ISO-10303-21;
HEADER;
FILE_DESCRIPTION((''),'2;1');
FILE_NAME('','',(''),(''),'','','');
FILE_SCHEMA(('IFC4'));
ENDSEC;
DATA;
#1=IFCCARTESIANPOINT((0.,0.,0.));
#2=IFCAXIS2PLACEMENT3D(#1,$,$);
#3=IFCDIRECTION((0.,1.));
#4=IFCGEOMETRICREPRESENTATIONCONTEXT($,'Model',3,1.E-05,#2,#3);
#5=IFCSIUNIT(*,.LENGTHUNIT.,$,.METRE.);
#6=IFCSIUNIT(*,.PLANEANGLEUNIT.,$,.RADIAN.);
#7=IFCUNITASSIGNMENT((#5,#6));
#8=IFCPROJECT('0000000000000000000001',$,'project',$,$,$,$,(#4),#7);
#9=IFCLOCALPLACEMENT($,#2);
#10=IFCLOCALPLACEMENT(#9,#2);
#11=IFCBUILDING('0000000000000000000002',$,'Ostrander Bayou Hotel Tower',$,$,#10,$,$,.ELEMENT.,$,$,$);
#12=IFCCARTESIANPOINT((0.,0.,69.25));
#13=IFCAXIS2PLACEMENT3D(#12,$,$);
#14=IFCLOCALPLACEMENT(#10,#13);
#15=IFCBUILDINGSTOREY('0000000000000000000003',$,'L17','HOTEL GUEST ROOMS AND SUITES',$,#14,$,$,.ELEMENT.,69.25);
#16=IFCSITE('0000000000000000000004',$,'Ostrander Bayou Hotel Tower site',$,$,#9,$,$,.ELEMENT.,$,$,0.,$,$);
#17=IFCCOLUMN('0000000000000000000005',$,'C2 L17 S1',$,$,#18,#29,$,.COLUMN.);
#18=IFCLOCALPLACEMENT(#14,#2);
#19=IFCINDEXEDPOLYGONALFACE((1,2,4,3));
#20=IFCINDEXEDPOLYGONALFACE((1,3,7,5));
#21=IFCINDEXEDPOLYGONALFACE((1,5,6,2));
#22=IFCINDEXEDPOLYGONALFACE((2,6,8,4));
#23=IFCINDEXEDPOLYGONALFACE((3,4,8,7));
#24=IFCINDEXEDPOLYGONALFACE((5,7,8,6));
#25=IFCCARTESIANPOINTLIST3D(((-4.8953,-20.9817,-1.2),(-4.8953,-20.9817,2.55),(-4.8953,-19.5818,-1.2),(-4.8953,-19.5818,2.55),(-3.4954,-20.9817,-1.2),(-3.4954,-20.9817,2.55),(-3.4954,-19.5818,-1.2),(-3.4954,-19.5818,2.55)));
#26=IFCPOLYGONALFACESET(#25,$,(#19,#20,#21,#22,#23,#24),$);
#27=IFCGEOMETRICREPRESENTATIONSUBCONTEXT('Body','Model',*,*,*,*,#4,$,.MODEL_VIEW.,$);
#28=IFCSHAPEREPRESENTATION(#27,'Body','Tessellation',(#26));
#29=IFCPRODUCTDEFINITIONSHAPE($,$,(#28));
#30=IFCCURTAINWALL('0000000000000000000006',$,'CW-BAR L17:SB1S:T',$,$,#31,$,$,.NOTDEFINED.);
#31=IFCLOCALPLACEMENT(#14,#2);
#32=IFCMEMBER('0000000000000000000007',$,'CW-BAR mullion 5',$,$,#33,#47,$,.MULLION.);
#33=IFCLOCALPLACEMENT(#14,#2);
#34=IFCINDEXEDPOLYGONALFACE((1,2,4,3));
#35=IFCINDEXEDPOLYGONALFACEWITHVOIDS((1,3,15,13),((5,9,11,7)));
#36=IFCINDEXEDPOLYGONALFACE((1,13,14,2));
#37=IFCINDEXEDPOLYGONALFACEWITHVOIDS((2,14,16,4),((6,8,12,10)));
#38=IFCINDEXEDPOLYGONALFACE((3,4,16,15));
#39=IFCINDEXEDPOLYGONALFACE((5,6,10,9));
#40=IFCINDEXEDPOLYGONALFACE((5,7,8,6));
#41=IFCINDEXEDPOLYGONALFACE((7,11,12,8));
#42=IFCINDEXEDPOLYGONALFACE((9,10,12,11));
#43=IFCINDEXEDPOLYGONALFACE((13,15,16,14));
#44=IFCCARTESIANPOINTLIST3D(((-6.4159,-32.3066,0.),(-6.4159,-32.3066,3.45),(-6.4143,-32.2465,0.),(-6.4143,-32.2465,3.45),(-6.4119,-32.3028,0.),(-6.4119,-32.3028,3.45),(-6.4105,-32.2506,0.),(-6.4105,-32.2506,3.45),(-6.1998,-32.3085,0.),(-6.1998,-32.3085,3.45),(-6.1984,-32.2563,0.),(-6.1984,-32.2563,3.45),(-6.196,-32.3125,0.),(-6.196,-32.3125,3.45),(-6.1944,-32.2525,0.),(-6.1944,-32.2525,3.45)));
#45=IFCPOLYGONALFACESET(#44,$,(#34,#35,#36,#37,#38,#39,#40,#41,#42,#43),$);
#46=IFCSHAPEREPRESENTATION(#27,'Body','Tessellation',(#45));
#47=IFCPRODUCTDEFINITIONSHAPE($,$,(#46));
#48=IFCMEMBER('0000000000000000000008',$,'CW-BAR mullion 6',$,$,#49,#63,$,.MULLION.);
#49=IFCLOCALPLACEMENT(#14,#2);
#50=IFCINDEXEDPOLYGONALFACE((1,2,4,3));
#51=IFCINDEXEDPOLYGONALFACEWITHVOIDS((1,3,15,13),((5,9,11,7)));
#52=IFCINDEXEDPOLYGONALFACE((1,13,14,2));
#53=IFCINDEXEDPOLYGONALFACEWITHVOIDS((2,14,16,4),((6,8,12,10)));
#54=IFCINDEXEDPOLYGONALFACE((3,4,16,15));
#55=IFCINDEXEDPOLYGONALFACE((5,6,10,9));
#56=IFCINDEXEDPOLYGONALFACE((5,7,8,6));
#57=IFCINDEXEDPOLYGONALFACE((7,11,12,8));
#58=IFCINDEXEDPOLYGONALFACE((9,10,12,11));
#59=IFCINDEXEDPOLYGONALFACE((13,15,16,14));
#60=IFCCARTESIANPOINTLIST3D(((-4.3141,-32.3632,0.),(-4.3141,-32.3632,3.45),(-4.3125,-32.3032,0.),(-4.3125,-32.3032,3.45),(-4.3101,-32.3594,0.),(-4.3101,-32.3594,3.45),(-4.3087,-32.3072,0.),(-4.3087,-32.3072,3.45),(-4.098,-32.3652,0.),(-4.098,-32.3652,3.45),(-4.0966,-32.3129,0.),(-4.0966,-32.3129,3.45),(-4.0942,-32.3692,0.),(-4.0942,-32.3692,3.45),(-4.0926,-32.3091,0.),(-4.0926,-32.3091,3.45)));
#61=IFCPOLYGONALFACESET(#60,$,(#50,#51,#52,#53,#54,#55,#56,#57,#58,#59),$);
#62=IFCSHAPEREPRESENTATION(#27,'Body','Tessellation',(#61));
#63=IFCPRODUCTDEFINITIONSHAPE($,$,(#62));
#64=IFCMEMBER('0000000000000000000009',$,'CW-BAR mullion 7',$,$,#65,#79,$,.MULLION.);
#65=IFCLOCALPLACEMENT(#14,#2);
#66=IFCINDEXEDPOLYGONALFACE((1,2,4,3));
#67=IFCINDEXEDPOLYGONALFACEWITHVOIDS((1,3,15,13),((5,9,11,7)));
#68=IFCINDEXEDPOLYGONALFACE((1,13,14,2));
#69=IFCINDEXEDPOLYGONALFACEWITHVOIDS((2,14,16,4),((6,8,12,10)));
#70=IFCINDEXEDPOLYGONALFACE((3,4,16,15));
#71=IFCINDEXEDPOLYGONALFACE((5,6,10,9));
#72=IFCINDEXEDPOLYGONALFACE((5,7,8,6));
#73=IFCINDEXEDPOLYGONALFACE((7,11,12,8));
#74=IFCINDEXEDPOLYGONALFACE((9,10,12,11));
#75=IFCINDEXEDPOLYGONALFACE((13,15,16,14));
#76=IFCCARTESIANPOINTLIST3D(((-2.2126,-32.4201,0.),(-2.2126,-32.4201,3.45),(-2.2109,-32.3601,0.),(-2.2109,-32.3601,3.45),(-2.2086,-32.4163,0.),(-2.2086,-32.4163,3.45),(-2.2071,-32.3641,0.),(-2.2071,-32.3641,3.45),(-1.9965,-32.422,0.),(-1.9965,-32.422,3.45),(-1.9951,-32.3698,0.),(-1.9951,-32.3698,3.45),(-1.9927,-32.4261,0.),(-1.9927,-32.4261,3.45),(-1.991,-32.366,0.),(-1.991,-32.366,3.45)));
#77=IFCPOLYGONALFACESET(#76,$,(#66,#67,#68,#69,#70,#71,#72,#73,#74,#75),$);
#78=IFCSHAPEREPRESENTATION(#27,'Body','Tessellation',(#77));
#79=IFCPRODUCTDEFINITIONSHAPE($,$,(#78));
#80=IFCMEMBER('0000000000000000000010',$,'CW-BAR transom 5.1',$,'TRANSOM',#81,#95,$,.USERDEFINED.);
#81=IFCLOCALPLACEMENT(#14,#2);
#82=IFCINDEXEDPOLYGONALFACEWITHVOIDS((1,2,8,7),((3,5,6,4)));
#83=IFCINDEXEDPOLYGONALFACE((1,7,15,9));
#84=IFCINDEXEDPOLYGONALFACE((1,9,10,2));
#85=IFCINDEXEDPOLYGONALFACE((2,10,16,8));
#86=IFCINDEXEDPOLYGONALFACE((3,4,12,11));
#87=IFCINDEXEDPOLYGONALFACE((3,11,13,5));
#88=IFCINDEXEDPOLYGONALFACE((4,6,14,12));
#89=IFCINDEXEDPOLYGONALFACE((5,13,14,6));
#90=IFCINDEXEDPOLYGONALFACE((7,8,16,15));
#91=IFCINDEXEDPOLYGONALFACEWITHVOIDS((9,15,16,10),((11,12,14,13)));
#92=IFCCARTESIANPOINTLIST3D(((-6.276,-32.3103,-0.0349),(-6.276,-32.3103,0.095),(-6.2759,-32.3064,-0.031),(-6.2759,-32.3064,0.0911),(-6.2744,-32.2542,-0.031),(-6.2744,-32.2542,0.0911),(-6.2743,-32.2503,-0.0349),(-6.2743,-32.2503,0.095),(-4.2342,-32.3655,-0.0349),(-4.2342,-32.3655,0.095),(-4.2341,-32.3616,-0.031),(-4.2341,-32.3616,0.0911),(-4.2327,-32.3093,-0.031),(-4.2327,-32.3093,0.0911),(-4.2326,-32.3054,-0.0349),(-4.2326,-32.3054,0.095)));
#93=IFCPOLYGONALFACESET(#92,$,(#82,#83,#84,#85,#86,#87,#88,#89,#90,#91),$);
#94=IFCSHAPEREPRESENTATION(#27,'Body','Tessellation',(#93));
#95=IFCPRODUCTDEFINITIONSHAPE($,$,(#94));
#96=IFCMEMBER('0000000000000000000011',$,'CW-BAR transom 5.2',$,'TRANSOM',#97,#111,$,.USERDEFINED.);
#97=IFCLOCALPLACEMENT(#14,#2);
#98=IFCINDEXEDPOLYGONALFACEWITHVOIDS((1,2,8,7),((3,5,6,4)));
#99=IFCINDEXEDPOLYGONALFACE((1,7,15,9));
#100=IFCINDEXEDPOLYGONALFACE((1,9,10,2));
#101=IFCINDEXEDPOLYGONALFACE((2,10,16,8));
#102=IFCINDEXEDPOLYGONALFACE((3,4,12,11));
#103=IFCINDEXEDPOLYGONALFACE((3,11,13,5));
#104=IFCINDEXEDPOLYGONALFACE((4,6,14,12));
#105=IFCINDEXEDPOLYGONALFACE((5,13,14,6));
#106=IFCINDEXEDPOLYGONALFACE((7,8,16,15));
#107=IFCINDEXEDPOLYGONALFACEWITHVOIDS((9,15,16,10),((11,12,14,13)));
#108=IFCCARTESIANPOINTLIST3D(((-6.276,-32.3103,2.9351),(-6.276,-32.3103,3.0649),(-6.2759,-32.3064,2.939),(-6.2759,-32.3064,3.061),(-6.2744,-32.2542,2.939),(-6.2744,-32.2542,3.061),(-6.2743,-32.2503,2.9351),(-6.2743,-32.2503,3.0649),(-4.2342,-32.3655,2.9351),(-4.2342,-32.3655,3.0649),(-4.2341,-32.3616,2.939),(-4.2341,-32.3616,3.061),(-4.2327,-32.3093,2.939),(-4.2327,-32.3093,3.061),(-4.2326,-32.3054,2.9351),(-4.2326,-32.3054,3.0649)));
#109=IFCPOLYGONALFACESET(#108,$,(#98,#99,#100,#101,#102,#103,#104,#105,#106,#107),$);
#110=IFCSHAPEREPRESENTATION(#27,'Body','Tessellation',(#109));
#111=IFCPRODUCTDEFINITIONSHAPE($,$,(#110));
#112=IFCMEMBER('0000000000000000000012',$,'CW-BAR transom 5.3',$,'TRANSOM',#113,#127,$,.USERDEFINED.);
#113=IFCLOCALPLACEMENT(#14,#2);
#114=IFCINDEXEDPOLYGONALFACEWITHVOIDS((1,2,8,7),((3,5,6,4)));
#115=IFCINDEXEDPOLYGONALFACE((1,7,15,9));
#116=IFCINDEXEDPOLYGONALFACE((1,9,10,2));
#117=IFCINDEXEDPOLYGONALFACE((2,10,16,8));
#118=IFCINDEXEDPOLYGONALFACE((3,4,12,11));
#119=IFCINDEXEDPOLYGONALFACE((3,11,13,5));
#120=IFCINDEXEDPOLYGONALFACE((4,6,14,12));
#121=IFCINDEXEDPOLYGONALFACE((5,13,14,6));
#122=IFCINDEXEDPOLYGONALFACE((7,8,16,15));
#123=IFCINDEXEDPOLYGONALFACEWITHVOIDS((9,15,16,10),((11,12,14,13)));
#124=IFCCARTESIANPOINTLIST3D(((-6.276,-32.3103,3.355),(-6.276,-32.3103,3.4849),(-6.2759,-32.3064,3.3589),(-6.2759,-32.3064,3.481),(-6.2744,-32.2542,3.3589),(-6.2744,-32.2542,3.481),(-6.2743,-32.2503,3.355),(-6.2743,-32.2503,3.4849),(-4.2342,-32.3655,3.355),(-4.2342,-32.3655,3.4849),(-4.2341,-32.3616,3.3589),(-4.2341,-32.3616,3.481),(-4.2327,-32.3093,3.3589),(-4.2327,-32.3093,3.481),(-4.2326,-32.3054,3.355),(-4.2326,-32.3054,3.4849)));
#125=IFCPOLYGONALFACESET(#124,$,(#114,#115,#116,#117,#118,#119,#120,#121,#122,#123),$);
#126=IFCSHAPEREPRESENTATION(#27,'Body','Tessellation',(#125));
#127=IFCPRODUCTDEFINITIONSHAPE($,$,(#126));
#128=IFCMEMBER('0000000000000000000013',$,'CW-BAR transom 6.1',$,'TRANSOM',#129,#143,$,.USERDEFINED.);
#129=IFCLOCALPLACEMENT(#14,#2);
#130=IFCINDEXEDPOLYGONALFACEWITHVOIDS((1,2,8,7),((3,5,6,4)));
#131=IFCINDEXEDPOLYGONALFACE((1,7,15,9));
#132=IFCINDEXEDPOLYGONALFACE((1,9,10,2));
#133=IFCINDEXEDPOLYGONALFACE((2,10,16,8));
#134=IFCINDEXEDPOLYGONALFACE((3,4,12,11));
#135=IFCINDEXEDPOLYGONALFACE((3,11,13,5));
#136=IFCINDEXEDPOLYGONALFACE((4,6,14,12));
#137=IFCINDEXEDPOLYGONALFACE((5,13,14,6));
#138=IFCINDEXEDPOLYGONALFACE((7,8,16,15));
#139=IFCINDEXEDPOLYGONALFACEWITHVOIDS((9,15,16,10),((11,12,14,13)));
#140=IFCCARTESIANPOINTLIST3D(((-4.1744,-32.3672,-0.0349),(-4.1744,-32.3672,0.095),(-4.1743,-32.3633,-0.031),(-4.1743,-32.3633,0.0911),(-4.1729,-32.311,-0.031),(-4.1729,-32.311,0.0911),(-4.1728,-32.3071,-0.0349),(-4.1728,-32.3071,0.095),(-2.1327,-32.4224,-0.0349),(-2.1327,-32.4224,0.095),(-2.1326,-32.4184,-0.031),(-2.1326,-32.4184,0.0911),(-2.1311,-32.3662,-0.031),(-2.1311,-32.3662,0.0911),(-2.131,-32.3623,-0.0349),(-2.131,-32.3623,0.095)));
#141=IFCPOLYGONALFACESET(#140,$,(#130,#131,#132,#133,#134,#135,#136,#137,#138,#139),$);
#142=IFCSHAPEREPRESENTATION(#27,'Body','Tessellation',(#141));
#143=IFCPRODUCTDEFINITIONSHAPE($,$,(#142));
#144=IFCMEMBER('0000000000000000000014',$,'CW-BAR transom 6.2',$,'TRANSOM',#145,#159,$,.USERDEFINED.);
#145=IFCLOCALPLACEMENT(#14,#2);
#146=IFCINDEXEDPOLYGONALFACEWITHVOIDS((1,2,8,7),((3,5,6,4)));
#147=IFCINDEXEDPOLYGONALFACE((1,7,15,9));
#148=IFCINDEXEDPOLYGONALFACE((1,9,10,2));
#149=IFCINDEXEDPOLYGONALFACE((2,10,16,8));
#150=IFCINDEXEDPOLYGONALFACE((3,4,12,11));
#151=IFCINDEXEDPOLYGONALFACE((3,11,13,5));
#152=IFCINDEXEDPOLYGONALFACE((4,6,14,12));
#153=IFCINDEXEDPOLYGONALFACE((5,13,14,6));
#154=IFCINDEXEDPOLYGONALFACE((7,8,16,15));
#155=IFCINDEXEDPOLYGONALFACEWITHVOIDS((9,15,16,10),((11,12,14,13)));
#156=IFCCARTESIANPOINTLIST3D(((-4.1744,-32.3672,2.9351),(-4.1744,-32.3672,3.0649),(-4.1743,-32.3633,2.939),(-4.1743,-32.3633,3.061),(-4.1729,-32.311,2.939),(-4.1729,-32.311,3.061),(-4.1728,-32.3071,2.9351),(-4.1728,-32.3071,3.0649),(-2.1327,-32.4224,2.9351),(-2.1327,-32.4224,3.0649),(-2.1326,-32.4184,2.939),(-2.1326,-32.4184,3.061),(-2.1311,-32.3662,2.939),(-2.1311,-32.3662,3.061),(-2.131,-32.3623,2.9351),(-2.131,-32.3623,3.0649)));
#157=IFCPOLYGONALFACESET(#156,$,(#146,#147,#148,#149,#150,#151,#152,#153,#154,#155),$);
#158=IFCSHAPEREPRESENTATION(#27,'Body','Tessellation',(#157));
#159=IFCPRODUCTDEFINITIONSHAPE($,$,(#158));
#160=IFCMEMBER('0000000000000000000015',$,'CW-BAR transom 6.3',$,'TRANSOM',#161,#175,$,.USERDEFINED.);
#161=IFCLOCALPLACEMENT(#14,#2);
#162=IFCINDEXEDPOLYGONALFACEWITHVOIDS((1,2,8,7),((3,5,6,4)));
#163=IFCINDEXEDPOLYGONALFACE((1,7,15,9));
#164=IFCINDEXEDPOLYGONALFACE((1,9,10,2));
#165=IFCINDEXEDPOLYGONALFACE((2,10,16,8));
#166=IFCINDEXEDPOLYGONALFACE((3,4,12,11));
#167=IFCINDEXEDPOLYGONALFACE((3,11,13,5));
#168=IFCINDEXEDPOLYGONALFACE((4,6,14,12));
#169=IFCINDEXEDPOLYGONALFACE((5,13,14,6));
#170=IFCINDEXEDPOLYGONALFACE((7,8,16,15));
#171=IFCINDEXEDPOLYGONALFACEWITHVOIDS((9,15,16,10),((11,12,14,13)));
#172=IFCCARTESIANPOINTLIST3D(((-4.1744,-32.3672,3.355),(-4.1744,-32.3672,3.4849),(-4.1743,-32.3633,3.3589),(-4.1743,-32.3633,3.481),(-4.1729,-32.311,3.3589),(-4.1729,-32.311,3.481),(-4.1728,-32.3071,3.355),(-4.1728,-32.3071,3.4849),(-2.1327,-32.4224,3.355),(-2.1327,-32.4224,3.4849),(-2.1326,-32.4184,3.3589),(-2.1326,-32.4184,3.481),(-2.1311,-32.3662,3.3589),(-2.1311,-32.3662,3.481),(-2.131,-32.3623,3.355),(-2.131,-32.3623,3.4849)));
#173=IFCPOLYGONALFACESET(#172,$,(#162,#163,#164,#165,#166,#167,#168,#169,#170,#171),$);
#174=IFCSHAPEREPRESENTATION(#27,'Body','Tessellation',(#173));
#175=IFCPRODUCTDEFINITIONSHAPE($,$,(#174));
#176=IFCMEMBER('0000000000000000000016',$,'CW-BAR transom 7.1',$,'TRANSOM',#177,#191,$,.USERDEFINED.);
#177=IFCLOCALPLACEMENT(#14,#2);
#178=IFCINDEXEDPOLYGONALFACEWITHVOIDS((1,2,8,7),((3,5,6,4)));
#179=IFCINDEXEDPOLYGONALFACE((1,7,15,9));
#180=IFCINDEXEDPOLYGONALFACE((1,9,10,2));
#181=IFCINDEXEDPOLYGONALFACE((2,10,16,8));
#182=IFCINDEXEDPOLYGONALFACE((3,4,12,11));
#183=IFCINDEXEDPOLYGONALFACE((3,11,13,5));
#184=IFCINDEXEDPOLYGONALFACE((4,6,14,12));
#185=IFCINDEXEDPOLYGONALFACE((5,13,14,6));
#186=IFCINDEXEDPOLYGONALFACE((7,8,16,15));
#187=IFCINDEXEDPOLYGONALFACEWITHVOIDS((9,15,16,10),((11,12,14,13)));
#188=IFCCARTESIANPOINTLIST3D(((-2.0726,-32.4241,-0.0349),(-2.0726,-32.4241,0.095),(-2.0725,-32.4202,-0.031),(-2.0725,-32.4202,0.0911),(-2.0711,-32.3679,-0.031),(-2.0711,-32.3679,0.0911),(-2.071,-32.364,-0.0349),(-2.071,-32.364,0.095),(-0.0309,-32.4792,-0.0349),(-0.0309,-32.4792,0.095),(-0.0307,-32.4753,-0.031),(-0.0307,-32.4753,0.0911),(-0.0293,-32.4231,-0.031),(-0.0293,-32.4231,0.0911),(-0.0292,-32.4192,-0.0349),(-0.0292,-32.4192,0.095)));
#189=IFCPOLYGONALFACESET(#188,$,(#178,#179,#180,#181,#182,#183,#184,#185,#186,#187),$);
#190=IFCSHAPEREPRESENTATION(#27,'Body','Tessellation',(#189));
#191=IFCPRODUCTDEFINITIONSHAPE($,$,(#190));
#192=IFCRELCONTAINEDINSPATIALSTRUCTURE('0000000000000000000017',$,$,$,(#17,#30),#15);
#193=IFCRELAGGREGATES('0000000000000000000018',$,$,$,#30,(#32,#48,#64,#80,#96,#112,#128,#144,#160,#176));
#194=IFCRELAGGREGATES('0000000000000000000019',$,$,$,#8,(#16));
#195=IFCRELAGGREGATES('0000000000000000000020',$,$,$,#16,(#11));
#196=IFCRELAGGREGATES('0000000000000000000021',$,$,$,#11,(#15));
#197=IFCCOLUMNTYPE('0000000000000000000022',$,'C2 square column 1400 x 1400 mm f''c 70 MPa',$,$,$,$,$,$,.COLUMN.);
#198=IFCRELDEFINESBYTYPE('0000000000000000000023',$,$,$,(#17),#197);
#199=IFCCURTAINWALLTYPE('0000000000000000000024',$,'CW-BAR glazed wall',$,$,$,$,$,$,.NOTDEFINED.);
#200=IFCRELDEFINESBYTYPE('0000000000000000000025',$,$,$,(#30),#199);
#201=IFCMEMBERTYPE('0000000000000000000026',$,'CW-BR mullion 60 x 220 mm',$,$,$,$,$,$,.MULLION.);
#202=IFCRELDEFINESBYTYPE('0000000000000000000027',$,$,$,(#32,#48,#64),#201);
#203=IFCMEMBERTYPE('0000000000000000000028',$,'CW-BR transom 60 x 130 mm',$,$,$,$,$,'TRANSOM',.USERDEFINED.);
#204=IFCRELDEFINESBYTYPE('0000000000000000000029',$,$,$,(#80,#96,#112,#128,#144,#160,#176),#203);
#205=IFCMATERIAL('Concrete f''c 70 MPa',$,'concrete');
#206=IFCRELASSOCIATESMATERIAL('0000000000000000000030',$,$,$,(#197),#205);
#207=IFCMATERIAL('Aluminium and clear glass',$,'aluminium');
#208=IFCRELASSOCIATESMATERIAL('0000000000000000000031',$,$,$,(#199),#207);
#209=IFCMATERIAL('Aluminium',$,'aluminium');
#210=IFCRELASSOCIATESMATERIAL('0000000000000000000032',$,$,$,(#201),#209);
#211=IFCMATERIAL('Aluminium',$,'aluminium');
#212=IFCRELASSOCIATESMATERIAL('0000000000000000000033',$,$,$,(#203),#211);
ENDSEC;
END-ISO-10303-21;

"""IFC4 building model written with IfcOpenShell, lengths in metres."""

from ifc_helpers import new_model, si_unit, direction, frame, origin, origin_2d, place, context, subcontext, project, spatial, rectangle, hollow_rectangle, extrude, material, material_profile, profile_set, type_object, element, aggregate, save


model = new_model("IFC4")

# Units and contexts
model_context = context("Model", 3, precision=1e-05, world=origin(), true_north=direction((0.0, 1.0)))
body_context = subcontext(model_context, "Body", "Model", "MODEL_VIEW")
ifc_project = project(units=[si_unit("LENGTHUNIT", "METRE"), si_unit("PLANEANGLEUNIT", "RADIAN")], contexts=[model_context])

# Site, building, storey
site_placement = place(None, origin())
site = spatial("IfcSite", under=ifc_project, at=site_placement, Name="Ostrander Bayou Hotel Tower site", CompositionType="ELEMENT", RefElevation=0.0)
building_placement = place(site_placement, origin())
building = spatial("IfcBuilding", under=site, at=building_placement, Name="Ostrander Bayou Hotel Tower", CompositionType="ELEMENT")
storey_placement = place(building_placement, frame((0.0, 0.0, 69.25)))
storey = spatial("IfcBuildingStorey", under=building, at=storey_placement, Name="L17", Description="HOTEL GUEST ROOMS AND SUITES", CompositionType="ELEMENT", Elevation=69.25)

# Column
ifc_material_1 = material(Name="Concrete f'c 70 MPa", Category="concrete")
ifc_material_profile_1 = material_profile(ifc_material_1, rectangle(XDim=1.3999, YDim=1.3999, at=origin_2d()))
ifc_profile_set_1 = profile_set([ifc_material_profile_1], Name="Concrete f'c 70 MPa")
column_type = type_object("IfcColumnType", Name="C2 square column 1400 x 1400 mm f'c 70 MPa", PredefinedType="COLUMN", material=ifc_profile_set_1)
column_placement = place(storey_placement, frame((-4.1953, -20.2817, -1.2), z_axis=(0.0, 0.0, 1.0), x_axis=(-1.0, 0.0, 0.0)))
element("IfcColumn", 1, at=column_placement, inside=storey, type_object=column_type, Name="C2 L17 S1", PredefinedType="COLUMN", context=body_context, shape_type="SweptSolid", body=[
    extrude(rectangle(XDim=1.3999, YDim=1.3999, at=origin_2d()), origin(), (0.0, 0.0, 1.0), 3.75),
])

# Curtain wall, members
ifc_material_2 = material(Name="Aluminium and clear glass", Category="aluminium")
curtain_wall_type = type_object("IfcCurtainWallType", Name="CW-BAR glazed wall", PredefinedType="NOTDEFINED", material=ifc_material_2)
curtain_wall_placement = place(storey_placement, origin())
curtain_wall = element("IfcCurtainWall", 2, at=curtain_wall_placement, inside=storey, type_object=curtain_wall_type, Name="CW-BAR L17:SB1S:T", PredefinedType="NOTDEFINED")
ifc_material_3 = material(Name="Aluminium", Category="aluminium")
ifc_material_profile_2 = material_profile(ifc_material_3, hollow_rectangle(XDim=0.0601, YDim=0.22, WallThickness=0.0039, at=origin_2d()))
ifc_profile_set_2 = profile_set([ifc_material_profile_2], Name="Aluminium")
member_type_1 = type_object("IfcMemberType", Name="CW-BR mullion 60 x 220 mm", PredefinedType="MULLION", material=ifc_profile_set_2)
member_1_placement = place(storey_placement, frame((-6.3052, -32.2795, 0.0), z_axis=(0.0, 0.0, 1.0), x_axis=(0.027042, 0.999634, 0.0)))
member_1 = element("IfcMember", 3, at=member_1_placement, type_object=member_type_1, Name="CW-BAR mullion 5", PredefinedType="MULLION", context=body_context, shape_type="SweptSolid", body=[
    extrude(hollow_rectangle(XDim=0.0601, YDim=0.22, WallThickness=0.0039, at=origin_2d()), origin(), (0.0, 0.0, 1.0), 3.45),
])
member_2_placement = place(storey_placement, frame((-4.2034, -32.3362, 0.0), z_axis=(0.0, 0.0, 1.0), x_axis=(0.027042, 0.999634, 0.0)))
member_2 = element("IfcMember", 4, at=member_2_placement, type_object=member_type_1, Name="CW-BAR mullion 6", PredefinedType="MULLION", context=body_context, shape_type="SweptSolid", body=[
    extrude(hollow_rectangle(XDim=0.0601, YDim=0.22, WallThickness=0.0039, at=origin_2d()), origin(), (0.0, 0.0, 1.0), 3.45),
])
member_3_placement = place(storey_placement, frame((-2.1018, -32.3931, 0.0), z_axis=(0.0, 0.0, 1.0), x_axis=(0.027042, 0.999634, 0.0)))
member_3 = element("IfcMember", 5, at=member_3_placement, type_object=member_type_1, Name="CW-BAR mullion 7", PredefinedType="MULLION", context=body_context, shape_type="SweptSolid", body=[
    extrude(hollow_rectangle(XDim=0.0601, YDim=0.22, WallThickness=0.0039, at=origin_2d()), origin(), (0.0, 0.0, 1.0), 3.45),
])
ifc_material_4 = material(Name="Aluminium", Category="aluminium")
ifc_material_profile_3 = material_profile(ifc_material_4, hollow_rectangle(XDim=0.0601, YDim=0.1299, WallThickness=0.0039, at=origin_2d()))
ifc_profile_set_3 = profile_set([ifc_material_profile_3], Name="Aluminium")
member_type_2 = type_object("IfcMemberType", Name="CW-BR transom 60 x 130 mm", ElementType="TRANSOM", PredefinedType="USERDEFINED", material=ifc_profile_set_3)
member_4_placement = place(storey_placement, frame((-6.2751, -32.2803, 0.03), z_axis=(0.999635, -0.027014, 0.0), x_axis=(0.027014, 0.999635, 0.0)))
member_4 = element("IfcMember", 6, at=member_4_placement, type_object=member_type_2, Name="CW-BAR transom 5.1", ObjectType="TRANSOM", PredefinedType="USERDEFINED", context=body_context, shape_type="SweptSolid", body=[
    extrude(hollow_rectangle(XDim=0.0601, YDim=0.1299, WallThickness=0.0039, at=origin_2d()), origin(), (0.0, 0.0, 1.0), 2.0425),
])
member_5_placement = place(storey_placement, frame((-6.2751, -32.2803, 3.0), z_axis=(0.999635, -0.027014, 0.0), x_axis=(0.027014, 0.999635, 0.0)))
member_5 = element("IfcMember", 7, at=member_5_placement, type_object=member_type_2, Name="CW-BAR transom 5.2", ObjectType="TRANSOM", PredefinedType="USERDEFINED", context=body_context, shape_type="SweptSolid", body=[
    extrude(hollow_rectangle(XDim=0.0601, YDim=0.1299, WallThickness=0.0039, at=origin_2d()), origin(), (0.0, 0.0, 1.0), 2.0425),
])
member_6_placement = place(storey_placement, frame((-6.2751, -32.2803, 3.4199), z_axis=(0.999635, -0.027014, 0.0), x_axis=(0.027014, 0.999635, 0.0)))
member_6 = element("IfcMember", 8, at=member_6_placement, type_object=member_type_2, Name="CW-BAR transom 5.3", ObjectType="TRANSOM", PredefinedType="USERDEFINED", context=body_context, shape_type="SweptSolid", body=[
    extrude(hollow_rectangle(XDim=0.0601, YDim=0.1299, WallThickness=0.0039, at=origin_2d()), origin(), (0.0, 0.0, 1.0), 2.0425),
])
member_7_placement = place(storey_placement, frame((-4.1736, -32.3372, 0.03), z_axis=(0.999635, -0.027014, 0.0), x_axis=(0.027014, 0.999635, 0.0)))
member_7 = element("IfcMember", 9, at=member_7_placement, type_object=member_type_2, Name="CW-BAR transom 6.1", ObjectType="TRANSOM", PredefinedType="USERDEFINED", context=body_context, shape_type="SweptSolid", body=[
    extrude(hollow_rectangle(XDim=0.0601, YDim=0.1299, WallThickness=0.0039, at=origin_2d()), origin(), (0.0, 0.0, 1.0), 2.0425),
])
member_8_placement = place(storey_placement, frame((-4.1736, -32.3372, 3.0), z_axis=(0.999635, -0.027014, 0.0), x_axis=(0.027014, 0.999635, 0.0)))
member_8 = element("IfcMember", 10, at=member_8_placement, type_object=member_type_2, Name="CW-BAR transom 6.2", ObjectType="TRANSOM", PredefinedType="USERDEFINED", context=body_context, shape_type="SweptSolid", body=[
    extrude(hollow_rectangle(XDim=0.0601, YDim=0.1299, WallThickness=0.0039, at=origin_2d()), origin(), (0.0, 0.0, 1.0), 2.0425),
])
member_9_placement = place(storey_placement, frame((-4.1736, -32.3372, 3.4199), z_axis=(0.999635, -0.027014, 0.0), x_axis=(0.027014, 0.999635, 0.0)))
member_9 = element("IfcMember", 11, at=member_9_placement, type_object=member_type_2, Name="CW-BAR transom 6.3", ObjectType="TRANSOM", PredefinedType="USERDEFINED", context=body_context, shape_type="SweptSolid", body=[
    extrude(hollow_rectangle(XDim=0.0601, YDim=0.1299, WallThickness=0.0039, at=origin_2d()), origin(), (0.0, 0.0, 1.0), 2.0425),
])
member_10_placement = place(storey_placement, frame((-2.0718, -32.394, 0.03), z_axis=(0.999635, -0.027014, 0.0), x_axis=(0.027014, 0.999635, 0.0)))
member_10 = element("IfcMember", 12, at=member_10_placement, type_object=member_type_2, Name="CW-BAR transom 7.1", ObjectType="TRANSOM", PredefinedType="USERDEFINED", context=body_context, shape_type="SweptSolid", body=[
    extrude(hollow_rectangle(XDim=0.0601, YDim=0.1299, WallThickness=0.0039, at=origin_2d()), origin(), (0.0, 0.0, 1.0), 2.0425),
])
aggregate(curtain_wall, [member_1, member_2, member_3, member_4, member_5, member_6, member_7, member_8, member_9, member_10])

save(model, "model.ifc")
